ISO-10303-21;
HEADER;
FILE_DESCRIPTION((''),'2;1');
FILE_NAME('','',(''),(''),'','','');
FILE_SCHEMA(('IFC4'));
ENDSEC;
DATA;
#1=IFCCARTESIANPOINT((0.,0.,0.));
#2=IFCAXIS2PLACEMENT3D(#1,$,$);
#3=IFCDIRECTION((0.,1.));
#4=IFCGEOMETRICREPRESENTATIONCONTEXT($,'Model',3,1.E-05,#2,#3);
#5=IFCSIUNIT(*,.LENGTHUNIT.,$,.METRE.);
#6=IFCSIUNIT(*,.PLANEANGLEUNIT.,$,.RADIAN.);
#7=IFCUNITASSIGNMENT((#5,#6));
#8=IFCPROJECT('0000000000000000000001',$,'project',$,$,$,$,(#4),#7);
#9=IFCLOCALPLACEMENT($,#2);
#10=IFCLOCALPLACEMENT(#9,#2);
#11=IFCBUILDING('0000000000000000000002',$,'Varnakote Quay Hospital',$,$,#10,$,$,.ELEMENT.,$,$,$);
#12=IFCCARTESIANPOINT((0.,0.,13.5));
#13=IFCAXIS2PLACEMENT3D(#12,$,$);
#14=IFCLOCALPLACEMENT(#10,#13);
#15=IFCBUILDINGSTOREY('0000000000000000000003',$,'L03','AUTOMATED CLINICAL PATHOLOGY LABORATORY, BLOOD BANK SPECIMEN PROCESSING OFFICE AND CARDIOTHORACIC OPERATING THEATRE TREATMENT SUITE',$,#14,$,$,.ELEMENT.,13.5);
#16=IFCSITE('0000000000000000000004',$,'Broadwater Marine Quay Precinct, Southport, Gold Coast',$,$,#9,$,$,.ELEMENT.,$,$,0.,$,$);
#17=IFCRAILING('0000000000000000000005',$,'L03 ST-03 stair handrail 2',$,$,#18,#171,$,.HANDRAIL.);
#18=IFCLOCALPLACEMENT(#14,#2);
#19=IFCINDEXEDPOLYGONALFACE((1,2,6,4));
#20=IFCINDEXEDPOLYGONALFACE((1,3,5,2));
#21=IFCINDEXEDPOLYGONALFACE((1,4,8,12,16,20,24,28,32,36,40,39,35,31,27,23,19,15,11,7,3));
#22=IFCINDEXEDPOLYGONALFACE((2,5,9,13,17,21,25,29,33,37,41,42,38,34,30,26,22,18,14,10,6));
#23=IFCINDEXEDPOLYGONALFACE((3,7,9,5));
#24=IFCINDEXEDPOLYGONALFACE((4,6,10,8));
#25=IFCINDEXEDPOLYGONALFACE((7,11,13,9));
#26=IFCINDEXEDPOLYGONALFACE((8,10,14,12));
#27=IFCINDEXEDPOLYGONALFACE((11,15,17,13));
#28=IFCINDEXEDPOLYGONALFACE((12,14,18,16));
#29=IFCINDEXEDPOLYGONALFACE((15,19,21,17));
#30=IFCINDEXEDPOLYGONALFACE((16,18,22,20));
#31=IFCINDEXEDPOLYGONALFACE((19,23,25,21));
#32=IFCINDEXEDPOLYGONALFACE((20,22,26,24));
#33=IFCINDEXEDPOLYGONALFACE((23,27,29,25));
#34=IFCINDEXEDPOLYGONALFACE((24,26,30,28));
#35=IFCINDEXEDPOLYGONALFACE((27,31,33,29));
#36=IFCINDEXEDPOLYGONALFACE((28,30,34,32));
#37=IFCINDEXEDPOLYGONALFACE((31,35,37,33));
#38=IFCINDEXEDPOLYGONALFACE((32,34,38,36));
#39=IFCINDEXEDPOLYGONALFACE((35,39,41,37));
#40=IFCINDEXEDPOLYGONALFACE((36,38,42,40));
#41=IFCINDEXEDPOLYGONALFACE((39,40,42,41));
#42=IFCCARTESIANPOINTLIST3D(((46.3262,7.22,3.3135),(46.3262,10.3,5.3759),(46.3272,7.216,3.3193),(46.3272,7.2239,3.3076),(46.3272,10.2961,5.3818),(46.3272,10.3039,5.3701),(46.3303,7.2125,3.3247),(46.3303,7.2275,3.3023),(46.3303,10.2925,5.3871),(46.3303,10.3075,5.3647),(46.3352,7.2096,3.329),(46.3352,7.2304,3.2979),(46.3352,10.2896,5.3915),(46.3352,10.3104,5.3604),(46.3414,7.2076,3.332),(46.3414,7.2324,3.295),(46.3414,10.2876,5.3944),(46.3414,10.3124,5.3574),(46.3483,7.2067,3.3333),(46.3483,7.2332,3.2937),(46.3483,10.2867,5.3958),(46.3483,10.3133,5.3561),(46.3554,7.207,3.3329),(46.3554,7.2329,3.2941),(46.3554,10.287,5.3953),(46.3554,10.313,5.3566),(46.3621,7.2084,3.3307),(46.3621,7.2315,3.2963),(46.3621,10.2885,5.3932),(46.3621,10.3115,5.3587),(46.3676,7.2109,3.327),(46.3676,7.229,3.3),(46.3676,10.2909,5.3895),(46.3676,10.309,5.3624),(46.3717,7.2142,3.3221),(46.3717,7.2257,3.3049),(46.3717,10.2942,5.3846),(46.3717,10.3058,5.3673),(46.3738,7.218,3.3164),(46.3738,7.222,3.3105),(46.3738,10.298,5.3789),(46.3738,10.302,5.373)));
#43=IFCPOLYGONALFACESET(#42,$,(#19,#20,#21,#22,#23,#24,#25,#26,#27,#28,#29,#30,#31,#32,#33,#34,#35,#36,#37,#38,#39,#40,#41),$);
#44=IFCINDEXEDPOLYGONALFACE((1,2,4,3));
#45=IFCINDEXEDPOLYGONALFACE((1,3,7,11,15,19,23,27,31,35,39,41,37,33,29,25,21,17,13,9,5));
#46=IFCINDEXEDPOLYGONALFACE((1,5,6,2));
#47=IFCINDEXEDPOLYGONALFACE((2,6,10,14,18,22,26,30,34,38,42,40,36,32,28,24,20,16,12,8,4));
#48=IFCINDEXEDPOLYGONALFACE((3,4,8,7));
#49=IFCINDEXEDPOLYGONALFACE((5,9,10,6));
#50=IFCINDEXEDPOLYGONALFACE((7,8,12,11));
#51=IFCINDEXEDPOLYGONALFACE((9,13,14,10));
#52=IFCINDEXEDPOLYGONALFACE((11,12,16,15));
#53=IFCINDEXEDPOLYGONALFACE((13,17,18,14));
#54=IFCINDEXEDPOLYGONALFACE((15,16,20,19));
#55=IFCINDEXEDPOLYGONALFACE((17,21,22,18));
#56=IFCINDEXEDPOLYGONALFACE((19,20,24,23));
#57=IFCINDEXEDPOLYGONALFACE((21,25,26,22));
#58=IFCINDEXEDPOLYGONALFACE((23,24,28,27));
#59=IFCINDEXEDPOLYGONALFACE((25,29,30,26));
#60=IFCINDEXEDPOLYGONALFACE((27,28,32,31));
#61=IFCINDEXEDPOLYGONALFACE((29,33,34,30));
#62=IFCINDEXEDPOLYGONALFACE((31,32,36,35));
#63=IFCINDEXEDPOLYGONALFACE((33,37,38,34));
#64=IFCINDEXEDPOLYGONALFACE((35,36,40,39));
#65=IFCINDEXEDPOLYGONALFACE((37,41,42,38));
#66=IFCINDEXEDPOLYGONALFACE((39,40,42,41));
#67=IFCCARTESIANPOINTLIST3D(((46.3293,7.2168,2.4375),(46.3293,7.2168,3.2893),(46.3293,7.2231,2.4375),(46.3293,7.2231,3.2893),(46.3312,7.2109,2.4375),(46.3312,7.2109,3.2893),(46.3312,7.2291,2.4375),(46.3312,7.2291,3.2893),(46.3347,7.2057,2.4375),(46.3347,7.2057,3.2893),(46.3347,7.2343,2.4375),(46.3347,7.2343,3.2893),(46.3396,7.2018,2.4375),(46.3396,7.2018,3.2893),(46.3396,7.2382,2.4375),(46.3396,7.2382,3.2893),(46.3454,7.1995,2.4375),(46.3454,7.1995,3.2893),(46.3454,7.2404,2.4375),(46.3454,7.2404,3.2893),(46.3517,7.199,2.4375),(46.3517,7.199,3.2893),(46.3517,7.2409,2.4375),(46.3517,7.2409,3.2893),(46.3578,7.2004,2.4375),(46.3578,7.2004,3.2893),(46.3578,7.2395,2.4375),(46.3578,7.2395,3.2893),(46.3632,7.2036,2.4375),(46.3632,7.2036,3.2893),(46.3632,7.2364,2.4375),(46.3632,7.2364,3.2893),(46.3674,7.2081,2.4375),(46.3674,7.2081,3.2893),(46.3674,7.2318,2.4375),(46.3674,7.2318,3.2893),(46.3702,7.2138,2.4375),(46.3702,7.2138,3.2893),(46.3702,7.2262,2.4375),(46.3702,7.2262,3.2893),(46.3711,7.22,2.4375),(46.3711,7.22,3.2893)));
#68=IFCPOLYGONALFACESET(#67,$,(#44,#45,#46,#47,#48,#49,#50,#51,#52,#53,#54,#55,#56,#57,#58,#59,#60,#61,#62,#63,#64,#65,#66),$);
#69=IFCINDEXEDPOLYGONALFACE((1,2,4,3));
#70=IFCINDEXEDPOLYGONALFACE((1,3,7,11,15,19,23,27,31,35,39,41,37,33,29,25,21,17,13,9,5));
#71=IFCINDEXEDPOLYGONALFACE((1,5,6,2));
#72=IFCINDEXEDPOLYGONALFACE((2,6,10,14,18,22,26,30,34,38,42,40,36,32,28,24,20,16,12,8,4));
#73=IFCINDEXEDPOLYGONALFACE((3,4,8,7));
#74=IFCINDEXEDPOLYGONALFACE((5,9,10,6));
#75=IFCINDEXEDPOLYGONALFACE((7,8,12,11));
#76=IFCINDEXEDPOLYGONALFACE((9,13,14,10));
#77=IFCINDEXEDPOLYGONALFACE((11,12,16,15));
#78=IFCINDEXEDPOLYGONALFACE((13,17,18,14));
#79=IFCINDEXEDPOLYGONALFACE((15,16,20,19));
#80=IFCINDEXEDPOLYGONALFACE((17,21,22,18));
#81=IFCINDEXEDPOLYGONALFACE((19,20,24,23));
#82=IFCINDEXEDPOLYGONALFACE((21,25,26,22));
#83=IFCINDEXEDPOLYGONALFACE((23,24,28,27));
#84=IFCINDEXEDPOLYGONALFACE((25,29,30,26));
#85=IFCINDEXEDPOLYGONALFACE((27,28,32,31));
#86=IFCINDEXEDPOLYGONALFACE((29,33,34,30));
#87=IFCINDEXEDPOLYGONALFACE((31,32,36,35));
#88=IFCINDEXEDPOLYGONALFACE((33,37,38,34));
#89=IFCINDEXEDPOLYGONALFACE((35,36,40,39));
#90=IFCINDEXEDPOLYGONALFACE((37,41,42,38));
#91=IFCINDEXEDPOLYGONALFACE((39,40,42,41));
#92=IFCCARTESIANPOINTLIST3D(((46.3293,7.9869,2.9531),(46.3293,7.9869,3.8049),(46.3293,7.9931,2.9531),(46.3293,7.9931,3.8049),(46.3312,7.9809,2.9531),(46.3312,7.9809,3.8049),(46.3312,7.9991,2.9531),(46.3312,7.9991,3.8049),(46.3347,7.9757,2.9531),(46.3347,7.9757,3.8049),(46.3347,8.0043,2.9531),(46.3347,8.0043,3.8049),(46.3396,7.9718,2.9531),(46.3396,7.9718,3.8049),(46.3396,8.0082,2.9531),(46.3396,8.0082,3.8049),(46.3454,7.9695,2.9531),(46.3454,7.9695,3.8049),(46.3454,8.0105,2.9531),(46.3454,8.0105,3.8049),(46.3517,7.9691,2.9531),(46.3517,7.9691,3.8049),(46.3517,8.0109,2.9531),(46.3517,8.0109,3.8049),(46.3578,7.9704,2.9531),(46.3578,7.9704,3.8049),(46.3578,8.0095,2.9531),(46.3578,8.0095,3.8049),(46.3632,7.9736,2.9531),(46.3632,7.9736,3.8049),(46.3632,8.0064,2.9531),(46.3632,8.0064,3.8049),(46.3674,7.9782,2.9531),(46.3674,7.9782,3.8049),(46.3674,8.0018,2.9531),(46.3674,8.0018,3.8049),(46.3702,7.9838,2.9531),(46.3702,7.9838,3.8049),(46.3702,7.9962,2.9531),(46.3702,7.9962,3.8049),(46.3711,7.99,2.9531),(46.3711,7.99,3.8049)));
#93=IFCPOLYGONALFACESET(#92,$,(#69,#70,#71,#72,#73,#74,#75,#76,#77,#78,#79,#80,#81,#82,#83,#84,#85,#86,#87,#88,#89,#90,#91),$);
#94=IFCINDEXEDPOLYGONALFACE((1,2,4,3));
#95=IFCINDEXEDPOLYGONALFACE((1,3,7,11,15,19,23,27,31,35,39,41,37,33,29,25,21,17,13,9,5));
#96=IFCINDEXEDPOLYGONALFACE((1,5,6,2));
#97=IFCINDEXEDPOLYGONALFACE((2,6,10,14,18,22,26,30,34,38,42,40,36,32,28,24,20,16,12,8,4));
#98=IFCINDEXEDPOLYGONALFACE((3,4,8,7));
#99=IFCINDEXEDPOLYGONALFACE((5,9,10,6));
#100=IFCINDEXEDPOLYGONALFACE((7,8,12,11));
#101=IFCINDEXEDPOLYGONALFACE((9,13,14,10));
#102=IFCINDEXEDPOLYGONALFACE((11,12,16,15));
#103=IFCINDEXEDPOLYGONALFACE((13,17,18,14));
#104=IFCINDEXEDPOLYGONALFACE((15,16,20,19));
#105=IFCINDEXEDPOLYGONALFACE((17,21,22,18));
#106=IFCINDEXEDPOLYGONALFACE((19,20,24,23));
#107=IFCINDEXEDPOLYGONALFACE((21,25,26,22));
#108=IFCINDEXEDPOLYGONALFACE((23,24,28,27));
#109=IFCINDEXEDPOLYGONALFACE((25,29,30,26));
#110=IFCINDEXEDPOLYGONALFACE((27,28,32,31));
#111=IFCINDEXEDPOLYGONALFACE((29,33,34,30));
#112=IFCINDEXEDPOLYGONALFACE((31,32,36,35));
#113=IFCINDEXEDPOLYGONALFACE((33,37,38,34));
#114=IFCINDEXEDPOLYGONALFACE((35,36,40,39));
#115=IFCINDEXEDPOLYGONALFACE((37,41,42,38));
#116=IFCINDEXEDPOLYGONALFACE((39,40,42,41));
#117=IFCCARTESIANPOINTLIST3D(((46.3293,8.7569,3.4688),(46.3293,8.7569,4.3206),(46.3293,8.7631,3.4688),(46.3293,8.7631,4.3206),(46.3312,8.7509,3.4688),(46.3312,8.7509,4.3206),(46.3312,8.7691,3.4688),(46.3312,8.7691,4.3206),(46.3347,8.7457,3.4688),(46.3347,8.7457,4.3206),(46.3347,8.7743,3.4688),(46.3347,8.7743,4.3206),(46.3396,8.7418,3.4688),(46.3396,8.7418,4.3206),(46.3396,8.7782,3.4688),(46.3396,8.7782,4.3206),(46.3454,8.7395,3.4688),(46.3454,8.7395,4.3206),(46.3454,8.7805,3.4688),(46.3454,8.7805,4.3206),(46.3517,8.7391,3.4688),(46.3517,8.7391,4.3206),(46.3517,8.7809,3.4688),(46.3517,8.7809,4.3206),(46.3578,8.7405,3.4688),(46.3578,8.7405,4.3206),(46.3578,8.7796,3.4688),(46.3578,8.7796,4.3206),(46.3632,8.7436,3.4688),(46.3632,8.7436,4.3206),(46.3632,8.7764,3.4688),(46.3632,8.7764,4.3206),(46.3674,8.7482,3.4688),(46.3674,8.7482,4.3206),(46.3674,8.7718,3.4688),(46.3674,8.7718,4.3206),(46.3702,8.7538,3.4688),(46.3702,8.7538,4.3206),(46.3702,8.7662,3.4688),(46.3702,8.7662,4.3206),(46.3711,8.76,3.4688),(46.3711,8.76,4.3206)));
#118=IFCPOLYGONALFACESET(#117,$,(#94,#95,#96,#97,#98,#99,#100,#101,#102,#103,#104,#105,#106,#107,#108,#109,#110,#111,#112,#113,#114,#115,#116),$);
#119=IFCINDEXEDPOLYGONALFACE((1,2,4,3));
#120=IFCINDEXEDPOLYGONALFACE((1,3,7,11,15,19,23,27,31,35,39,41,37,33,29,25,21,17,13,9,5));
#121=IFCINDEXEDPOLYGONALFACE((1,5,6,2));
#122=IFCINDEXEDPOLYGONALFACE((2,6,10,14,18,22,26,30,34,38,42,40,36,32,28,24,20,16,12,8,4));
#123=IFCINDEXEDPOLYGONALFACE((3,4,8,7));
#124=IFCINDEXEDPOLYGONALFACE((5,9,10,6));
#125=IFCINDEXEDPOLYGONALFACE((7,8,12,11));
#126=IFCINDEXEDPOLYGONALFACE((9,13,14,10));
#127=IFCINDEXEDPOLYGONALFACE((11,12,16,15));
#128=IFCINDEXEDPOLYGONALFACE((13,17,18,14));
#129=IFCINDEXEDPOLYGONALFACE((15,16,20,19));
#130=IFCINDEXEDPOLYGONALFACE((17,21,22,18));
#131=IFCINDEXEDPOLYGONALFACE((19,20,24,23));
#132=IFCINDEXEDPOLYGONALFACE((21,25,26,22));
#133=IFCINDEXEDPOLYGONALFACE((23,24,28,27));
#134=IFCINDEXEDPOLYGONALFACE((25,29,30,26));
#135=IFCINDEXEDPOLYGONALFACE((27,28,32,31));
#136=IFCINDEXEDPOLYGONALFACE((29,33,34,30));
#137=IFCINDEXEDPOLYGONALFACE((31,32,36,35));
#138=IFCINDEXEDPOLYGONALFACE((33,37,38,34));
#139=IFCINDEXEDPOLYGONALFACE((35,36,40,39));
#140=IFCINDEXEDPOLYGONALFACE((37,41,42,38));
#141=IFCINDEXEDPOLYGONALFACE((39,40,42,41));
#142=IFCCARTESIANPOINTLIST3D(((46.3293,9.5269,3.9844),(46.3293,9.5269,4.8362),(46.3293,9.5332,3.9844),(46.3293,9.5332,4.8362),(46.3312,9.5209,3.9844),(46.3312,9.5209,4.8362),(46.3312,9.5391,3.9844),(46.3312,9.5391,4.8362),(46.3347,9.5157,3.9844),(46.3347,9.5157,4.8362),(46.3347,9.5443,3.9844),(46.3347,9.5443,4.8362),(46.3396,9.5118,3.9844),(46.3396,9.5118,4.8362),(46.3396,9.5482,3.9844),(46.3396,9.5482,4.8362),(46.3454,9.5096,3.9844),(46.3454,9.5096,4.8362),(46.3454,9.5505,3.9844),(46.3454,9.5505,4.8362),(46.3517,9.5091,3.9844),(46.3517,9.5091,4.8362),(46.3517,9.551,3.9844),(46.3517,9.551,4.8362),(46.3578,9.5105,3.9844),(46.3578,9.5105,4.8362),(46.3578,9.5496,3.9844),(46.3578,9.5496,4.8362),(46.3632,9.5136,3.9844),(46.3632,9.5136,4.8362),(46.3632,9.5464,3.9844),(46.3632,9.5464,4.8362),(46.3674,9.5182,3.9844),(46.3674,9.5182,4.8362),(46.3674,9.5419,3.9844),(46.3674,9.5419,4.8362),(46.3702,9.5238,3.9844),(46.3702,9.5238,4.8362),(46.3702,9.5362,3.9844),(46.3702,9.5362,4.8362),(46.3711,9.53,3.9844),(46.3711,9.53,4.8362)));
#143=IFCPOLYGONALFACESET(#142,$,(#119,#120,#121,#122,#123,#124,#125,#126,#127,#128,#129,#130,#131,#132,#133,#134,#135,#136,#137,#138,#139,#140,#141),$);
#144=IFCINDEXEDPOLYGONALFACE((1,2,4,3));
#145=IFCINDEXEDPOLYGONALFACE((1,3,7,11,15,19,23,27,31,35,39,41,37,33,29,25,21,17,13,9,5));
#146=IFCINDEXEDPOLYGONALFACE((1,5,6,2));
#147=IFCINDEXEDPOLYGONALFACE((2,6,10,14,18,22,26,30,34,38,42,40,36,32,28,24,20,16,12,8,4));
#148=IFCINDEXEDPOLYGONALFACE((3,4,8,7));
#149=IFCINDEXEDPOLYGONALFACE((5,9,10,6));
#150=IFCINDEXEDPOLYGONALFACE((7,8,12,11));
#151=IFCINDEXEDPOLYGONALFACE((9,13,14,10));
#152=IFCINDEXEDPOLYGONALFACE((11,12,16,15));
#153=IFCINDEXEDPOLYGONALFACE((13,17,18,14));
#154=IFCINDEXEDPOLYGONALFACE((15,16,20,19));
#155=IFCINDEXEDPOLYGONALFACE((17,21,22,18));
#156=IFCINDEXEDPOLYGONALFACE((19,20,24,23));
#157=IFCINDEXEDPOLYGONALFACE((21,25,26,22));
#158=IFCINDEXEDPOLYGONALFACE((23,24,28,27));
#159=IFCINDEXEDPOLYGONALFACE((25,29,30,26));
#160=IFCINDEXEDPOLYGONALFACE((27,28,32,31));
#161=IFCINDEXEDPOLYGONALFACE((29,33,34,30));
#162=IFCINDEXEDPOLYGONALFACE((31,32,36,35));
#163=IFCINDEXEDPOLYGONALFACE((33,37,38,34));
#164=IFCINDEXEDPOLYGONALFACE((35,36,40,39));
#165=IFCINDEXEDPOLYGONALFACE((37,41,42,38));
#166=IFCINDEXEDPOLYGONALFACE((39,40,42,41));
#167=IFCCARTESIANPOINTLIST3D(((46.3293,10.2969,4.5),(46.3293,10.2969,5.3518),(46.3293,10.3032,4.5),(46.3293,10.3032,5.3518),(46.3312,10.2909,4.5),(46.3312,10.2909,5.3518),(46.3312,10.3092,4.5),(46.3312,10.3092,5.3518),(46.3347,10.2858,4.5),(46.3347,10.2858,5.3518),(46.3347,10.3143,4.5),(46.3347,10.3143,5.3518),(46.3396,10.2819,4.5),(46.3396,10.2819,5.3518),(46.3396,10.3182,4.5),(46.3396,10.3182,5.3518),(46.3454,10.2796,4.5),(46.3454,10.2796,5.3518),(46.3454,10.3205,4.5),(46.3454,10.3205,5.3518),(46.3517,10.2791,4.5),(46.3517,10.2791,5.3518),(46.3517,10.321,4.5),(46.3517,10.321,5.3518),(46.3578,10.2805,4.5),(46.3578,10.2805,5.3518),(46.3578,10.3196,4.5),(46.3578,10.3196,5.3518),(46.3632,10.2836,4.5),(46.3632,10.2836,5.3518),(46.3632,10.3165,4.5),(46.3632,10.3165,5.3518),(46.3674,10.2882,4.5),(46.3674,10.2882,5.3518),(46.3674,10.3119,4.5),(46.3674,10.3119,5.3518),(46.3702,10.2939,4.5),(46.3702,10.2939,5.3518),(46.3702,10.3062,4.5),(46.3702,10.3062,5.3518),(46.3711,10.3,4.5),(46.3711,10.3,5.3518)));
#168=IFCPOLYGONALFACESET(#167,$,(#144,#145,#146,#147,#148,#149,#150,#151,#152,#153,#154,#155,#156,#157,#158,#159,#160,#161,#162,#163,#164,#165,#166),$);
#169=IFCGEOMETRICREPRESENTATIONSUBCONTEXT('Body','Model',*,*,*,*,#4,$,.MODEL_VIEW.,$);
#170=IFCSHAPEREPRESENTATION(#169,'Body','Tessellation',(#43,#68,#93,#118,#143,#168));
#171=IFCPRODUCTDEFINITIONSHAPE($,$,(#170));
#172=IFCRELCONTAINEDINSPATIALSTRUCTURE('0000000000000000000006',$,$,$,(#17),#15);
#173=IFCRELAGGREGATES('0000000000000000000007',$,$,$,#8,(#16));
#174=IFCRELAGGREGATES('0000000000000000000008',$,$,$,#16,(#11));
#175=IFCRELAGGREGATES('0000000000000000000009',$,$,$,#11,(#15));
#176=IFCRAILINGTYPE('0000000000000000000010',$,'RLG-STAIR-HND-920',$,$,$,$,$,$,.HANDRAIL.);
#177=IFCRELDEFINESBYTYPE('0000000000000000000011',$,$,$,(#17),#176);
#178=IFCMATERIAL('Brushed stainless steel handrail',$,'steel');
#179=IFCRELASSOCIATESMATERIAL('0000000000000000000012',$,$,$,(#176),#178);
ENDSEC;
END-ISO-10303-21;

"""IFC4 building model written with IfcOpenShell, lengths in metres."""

from ifc_helpers import new_model, si_unit, direction, frame, origin, origin_2d, place, context, subcontext, project, spatial, circle, extrude, material, type_object, element, save


model = new_model("IFC4")

# Units and contexts
model_context = context("Model", 3, precision=1e-05, world=origin(), true_north=direction((0.0, 1.0)))
body_context = subcontext(model_context, "Body", "Model", "MODEL_VIEW")
ifc_project = project(units=[si_unit("LENGTHUNIT", "METRE"), si_unit("PLANEANGLEUNIT", "RADIAN")], contexts=[model_context])

# Site, building, storey
site_placement = place(None, origin())
site = spatial("IfcSite", under=ifc_project, at=site_placement, Name="Broadwater Marine Quay Precinct, Southport, Gold Coast", CompositionType="ELEMENT", RefElevation=0.0)
building_placement = place(site_placement, origin())
building = spatial("IfcBuilding", under=site, at=building_placement, Name="Varnakote Quay Hospital", CompositionType="ELEMENT")
storey_placement = place(building_placement, frame((0.0, 0.0, 13.5)))
storey = spatial("IfcBuildingStorey", under=building, at=storey_placement, Name="L03", Description="AUTOMATED CLINICAL PATHOLOGY LABORATORY, BLOOD BANK SPECIMEN PROCESSING OFFICE AND CARDIOTHORACIC OPERATING THEATRE TREATMENT SUITE", CompositionType="ELEMENT", Elevation=13.5)

# Railing
ifc_material_1 = material(Name="Brushed stainless steel handrail", Category="steel")
railing_type_1 = type_object("IfcRailingType", Name="RLG-STAIR-HND-920", PredefinedType="HANDRAIL", material=ifc_material_1)
railing_1_placement = place(storey_placement, frame((46.3501, 7.22, 2.4375)))
element("IfcRailing", 1, at=railing_1_placement, inside=storey, type_object=railing_type_1, Name="L03 ST-03 stair handrail 2", PredefinedType="HANDRAIL", context=body_context, shape_type="SweptSolid", body=[
    extrude(circle(Radius=0.0239, at=origin_2d()), frame((0.0, 0.0, 0.876), z_axis=(0.0, 0.830914, 0.556401), x_axis=(-1.0, 0.0, 0.0)), (0.0, 0.0, 1.0), 3.7068),
    extrude(circle(Radius=0.021, at=origin_2d()), origin(), (0.0, 0.0, 1.0), 0.8518),
    extrude(circle(Radius=0.021, at=origin_2d()), frame((0.0, 0.77, 0.5156)), (0.0, 0.0, 1.0), 0.8518),
    extrude(circle(Radius=0.021, at=origin_2d()), frame((0.0, 1.54, 1.0312)), (0.0, 0.0, 1.0), 0.8518),
    extrude(circle(Radius=0.021, at=origin_2d()), frame((0.0, 2.3101, 1.5469)), (0.0, 0.0, 1.0), 0.8518),
    extrude(circle(Radius=0.021, at=origin_2d()), frame((0.0, 3.0801, 2.0625)), (0.0, 0.0, 1.0), 0.8518),
])

save(model, "model.ifc")
